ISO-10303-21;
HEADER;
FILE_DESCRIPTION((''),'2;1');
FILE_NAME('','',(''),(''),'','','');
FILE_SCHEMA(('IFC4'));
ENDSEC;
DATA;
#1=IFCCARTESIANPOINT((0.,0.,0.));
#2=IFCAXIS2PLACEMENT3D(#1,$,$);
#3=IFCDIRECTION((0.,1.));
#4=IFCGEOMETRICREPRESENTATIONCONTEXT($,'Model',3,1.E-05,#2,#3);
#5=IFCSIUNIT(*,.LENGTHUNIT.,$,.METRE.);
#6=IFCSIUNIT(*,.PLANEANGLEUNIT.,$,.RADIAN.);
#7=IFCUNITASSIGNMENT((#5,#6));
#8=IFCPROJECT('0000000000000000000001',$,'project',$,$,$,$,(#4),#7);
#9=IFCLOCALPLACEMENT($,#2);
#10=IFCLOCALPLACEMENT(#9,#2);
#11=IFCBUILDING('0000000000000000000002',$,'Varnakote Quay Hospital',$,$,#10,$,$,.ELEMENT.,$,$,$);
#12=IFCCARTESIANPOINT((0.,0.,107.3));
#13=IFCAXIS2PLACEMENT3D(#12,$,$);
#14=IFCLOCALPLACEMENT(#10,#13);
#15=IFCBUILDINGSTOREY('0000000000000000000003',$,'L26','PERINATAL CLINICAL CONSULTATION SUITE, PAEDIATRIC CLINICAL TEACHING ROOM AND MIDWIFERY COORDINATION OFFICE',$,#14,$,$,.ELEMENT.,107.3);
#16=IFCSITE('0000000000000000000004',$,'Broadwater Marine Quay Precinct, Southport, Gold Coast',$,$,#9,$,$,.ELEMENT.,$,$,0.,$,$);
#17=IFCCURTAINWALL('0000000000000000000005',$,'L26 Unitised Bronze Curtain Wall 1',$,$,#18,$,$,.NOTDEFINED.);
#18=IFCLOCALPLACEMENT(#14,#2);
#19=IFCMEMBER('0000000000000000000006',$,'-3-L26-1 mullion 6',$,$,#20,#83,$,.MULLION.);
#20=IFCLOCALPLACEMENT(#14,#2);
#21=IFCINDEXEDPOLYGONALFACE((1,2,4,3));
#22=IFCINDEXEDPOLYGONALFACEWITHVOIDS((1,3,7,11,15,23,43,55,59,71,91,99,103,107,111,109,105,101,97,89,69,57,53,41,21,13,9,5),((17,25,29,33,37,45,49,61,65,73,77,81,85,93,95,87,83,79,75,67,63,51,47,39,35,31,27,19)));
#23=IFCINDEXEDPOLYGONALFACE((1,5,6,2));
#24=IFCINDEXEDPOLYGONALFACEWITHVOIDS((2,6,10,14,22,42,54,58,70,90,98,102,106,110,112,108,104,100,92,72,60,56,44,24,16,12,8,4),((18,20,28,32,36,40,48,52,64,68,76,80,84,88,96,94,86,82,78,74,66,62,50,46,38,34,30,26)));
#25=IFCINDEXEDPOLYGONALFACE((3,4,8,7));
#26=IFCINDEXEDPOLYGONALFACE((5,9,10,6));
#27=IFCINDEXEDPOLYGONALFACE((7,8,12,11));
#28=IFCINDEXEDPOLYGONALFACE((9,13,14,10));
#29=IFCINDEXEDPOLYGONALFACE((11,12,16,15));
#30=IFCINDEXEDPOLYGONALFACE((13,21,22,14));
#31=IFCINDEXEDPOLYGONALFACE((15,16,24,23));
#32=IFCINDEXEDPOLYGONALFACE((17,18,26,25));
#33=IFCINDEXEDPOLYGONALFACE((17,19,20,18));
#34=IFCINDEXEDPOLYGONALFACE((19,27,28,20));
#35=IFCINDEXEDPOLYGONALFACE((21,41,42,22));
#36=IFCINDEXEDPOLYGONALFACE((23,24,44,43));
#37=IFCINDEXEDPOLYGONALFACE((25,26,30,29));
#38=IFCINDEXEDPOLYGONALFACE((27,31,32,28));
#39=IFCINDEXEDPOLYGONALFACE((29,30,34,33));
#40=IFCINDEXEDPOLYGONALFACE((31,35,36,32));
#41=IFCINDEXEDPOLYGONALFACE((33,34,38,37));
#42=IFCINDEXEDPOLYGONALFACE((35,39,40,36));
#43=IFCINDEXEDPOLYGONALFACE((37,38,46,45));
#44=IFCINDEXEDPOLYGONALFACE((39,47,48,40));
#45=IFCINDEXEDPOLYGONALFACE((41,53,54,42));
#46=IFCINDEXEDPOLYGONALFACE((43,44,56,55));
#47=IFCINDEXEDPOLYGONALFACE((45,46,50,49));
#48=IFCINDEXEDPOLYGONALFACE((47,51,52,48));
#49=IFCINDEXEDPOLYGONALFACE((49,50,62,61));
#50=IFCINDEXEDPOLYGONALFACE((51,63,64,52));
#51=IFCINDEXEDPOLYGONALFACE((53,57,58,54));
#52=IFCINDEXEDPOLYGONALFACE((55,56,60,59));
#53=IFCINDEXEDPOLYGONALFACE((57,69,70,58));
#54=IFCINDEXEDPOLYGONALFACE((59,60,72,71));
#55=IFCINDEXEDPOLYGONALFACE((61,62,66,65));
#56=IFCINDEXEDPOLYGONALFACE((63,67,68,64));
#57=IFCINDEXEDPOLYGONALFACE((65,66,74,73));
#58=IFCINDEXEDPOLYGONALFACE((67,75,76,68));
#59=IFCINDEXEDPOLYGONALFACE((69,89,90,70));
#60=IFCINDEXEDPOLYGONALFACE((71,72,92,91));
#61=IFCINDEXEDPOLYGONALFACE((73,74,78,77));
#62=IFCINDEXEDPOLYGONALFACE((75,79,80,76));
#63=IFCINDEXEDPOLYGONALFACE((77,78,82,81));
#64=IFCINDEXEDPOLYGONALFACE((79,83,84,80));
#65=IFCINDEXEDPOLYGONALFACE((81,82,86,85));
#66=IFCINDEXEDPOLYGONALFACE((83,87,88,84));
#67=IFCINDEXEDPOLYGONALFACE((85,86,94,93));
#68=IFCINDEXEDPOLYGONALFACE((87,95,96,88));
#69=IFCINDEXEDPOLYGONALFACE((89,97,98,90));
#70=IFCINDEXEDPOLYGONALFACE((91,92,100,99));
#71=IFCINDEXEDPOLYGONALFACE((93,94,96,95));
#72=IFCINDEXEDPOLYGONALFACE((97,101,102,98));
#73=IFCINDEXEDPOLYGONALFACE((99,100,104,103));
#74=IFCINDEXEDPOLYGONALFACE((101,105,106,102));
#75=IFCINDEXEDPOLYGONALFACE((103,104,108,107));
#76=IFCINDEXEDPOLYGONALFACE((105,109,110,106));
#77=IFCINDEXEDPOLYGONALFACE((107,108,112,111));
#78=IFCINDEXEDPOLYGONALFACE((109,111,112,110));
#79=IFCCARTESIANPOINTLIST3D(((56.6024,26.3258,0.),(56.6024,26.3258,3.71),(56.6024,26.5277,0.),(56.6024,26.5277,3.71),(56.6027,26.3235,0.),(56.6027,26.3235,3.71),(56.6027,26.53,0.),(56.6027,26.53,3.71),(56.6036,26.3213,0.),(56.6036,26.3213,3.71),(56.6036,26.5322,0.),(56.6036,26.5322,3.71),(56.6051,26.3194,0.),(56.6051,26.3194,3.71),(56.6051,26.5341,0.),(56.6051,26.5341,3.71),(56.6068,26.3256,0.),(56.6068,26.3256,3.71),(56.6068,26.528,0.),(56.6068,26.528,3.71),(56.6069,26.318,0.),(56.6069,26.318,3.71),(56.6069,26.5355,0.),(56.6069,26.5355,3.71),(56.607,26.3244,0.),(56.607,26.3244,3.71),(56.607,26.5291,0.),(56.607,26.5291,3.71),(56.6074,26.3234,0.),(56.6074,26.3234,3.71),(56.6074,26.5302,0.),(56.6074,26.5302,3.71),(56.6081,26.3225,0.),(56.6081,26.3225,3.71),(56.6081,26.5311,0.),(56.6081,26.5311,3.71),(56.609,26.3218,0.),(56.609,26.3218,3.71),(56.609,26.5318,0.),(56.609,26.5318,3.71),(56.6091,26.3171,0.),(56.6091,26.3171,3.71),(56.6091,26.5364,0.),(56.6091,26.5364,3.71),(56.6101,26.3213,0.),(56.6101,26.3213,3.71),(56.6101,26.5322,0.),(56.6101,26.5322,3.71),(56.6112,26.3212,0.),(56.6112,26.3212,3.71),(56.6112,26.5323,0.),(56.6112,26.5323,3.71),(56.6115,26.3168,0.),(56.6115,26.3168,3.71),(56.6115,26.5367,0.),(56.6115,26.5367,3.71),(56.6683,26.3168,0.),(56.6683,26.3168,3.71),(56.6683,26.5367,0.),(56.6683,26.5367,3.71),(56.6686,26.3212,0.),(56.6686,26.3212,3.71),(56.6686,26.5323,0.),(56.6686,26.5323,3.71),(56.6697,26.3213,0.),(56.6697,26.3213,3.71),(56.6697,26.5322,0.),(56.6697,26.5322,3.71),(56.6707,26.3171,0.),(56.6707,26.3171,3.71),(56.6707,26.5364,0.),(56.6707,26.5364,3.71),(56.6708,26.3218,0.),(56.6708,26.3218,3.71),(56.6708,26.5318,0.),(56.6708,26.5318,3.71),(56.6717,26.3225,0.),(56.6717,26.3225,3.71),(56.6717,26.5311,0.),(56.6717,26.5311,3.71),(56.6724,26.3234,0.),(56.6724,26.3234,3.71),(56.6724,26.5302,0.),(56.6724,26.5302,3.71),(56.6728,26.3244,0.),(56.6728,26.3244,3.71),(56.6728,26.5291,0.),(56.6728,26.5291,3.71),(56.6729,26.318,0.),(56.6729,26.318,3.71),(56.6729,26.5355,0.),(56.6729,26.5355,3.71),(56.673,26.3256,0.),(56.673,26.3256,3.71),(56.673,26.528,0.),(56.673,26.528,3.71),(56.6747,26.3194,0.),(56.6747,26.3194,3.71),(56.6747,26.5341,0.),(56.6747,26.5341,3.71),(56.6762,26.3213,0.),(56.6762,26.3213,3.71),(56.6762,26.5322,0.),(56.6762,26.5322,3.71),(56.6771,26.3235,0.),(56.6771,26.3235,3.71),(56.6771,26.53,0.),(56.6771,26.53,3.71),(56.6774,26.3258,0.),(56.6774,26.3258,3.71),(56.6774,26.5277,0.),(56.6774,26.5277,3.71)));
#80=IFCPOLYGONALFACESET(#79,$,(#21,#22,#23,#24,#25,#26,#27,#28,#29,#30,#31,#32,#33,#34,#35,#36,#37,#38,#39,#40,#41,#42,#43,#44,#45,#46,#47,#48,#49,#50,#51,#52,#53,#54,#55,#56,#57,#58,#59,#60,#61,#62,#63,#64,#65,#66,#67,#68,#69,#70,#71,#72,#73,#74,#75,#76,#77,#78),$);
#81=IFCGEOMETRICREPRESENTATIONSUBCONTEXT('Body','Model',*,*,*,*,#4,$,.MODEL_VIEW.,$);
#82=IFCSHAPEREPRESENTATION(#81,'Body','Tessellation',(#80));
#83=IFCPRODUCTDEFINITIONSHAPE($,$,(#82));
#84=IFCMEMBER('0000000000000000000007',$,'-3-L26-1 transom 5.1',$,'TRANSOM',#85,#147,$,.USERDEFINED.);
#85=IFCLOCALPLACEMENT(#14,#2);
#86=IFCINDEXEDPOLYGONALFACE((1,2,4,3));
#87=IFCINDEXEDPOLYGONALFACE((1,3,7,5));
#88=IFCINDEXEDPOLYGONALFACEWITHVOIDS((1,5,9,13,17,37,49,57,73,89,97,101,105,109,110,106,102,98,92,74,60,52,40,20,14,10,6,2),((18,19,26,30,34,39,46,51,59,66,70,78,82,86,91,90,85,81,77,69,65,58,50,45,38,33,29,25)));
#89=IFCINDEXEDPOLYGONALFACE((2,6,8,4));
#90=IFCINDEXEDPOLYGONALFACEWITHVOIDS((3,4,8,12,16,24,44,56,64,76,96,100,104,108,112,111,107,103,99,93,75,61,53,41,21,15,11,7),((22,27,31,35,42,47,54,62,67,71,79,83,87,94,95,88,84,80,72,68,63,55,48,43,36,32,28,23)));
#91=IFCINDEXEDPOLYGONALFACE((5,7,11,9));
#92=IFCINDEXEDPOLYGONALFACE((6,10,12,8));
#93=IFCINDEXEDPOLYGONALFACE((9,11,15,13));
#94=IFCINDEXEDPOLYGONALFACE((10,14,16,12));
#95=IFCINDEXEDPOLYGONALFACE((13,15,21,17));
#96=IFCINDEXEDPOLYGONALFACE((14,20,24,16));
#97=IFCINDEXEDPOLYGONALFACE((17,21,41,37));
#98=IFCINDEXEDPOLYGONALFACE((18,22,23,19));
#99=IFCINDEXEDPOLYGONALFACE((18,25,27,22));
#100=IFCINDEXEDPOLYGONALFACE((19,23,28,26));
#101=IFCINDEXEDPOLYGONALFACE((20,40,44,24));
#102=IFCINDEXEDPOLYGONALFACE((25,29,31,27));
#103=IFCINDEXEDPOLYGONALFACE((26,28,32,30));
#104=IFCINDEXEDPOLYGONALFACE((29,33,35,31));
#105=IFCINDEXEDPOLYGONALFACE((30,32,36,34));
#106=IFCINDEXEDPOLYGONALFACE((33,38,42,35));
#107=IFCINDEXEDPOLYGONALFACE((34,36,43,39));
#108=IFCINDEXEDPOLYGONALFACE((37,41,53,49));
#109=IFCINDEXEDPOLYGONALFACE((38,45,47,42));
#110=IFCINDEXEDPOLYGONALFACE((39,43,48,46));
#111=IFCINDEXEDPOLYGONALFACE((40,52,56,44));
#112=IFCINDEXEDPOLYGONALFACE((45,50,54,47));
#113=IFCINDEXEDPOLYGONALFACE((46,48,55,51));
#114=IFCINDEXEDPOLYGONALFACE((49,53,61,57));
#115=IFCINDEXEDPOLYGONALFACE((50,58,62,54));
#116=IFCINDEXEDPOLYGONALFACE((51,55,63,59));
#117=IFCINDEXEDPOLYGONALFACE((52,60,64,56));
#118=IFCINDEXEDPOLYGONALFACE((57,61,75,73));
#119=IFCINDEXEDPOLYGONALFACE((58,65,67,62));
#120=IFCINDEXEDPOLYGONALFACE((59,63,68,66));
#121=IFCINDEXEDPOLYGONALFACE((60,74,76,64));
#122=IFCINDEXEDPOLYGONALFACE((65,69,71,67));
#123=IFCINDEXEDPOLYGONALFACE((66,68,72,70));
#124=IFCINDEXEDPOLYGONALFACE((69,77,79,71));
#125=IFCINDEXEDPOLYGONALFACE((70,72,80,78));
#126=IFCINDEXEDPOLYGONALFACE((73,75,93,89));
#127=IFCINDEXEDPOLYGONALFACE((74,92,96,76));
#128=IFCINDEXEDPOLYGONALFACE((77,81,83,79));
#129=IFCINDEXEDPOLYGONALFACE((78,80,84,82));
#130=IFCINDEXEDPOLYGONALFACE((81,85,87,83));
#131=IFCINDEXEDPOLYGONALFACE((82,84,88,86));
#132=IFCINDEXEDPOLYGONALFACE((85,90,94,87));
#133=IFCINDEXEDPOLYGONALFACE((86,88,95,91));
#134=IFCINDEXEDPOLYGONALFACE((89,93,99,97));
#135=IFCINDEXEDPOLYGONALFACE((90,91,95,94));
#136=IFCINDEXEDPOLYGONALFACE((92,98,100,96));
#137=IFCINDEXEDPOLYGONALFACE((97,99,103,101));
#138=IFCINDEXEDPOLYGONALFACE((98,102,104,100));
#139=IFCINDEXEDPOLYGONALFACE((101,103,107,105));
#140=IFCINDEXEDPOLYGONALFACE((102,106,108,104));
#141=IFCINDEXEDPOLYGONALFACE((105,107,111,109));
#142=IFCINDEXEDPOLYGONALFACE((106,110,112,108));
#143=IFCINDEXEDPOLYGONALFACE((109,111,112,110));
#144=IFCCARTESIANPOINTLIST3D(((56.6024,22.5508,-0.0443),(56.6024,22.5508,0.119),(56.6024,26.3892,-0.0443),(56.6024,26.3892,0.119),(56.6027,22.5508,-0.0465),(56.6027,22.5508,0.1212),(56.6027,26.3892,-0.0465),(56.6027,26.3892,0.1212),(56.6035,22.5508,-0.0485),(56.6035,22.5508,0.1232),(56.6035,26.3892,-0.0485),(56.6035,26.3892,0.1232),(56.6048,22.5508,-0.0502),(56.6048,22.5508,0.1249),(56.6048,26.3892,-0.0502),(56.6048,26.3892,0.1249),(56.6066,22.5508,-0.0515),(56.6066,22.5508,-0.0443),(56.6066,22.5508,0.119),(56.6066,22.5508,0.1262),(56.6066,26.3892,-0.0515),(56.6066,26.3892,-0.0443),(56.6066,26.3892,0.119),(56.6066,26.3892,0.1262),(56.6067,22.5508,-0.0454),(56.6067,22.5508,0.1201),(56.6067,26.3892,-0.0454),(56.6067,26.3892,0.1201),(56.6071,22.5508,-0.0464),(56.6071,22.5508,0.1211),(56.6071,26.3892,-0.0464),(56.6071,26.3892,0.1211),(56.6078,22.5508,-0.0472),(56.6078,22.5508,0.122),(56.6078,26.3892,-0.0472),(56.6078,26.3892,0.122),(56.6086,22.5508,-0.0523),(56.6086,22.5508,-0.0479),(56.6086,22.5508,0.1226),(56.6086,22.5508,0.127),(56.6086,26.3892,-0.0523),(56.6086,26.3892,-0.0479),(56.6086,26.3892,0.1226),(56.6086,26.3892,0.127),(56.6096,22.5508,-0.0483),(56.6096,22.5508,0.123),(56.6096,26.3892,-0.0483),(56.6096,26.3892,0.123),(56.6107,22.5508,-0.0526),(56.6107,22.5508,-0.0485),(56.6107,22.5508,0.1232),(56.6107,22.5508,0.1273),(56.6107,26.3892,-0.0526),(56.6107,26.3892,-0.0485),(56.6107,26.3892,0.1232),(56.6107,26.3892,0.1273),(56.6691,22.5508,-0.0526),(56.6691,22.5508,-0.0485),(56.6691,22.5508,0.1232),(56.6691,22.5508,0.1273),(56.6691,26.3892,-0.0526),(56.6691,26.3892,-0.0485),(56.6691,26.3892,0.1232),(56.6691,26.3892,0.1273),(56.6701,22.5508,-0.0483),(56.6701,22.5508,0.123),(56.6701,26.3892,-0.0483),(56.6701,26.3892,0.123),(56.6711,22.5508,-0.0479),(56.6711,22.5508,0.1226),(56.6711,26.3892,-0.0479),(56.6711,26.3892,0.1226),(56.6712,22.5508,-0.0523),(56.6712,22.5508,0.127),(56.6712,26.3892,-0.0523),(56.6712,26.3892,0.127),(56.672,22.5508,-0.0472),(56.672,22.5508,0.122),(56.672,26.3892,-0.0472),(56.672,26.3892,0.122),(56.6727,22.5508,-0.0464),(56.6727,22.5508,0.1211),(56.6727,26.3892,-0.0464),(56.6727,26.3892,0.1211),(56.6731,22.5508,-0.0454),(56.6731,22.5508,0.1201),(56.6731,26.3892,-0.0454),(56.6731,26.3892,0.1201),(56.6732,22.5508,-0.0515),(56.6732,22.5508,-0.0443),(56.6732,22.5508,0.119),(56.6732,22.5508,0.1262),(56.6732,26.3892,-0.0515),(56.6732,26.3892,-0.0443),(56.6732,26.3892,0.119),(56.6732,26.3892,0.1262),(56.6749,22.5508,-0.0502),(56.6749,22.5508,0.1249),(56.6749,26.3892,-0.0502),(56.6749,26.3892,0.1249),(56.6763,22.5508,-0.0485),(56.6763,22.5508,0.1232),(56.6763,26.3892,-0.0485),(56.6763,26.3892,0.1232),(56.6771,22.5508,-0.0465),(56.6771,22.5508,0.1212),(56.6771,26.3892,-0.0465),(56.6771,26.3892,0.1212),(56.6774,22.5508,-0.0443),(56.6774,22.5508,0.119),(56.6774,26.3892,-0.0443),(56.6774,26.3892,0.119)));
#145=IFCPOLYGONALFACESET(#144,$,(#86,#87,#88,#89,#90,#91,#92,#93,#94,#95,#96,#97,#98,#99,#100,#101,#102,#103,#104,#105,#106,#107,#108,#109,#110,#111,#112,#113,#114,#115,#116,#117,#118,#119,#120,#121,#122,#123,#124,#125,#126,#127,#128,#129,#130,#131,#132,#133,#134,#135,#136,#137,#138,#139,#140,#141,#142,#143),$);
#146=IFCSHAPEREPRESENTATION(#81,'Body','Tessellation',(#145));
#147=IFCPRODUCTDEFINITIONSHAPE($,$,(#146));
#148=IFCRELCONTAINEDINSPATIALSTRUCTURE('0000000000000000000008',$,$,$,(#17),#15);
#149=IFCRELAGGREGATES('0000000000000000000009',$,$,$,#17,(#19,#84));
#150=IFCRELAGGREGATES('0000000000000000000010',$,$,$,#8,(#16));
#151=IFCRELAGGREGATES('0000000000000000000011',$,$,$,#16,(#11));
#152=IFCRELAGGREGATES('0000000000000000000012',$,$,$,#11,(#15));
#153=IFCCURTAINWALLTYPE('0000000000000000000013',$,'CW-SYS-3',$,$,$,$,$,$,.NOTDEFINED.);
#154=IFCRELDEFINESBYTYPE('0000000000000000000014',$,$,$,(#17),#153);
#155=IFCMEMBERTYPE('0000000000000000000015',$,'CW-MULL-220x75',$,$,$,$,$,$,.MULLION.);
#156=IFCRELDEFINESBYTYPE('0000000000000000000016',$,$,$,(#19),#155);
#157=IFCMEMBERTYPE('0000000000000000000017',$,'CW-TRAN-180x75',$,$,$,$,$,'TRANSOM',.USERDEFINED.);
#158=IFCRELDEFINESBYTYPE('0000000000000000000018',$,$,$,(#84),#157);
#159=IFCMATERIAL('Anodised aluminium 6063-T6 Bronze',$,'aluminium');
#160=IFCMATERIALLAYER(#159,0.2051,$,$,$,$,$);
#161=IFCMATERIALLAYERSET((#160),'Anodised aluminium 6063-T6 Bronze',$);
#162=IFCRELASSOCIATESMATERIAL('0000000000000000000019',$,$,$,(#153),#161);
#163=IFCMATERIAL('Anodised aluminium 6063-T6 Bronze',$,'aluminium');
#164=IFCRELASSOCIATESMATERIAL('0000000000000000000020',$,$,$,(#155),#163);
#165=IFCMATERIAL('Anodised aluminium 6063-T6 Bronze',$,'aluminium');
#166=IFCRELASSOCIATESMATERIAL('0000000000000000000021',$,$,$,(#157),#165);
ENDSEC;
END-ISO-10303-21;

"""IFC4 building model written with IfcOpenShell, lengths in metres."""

from ifc_helpers import new_model, si_unit, direction, frame, origin, origin_2d, place, context, subcontext, project, spatial, hollow_rectangle, extrude, material, layer, layer_set, material_profile, profile_set, type_object, element, aggregate, save


model = new_model("IFC4")

# Units and contexts
model_context = context("Model", 3, precision=1e-05, world=origin(), true_north=direction((0.0, 1.0)))
body_context = subcontext(model_context, "Body", "Model", "MODEL_VIEW")
ifc_project = project(units=[si_unit("LENGTHUNIT", "METRE"), si_unit("PLANEANGLEUNIT", "RADIAN")], contexts=[model_context])

# Site, building, storey
site_placement = place(None, origin())
site = spatial("IfcSite", under=ifc_project, at=site_placement, Name="Broadwater Marine Quay Precinct, Southport, Gold Coast", CompositionType="ELEMENT", RefElevation=0.0)
building_placement = place(site_placement, origin())
building = spatial("IfcBuilding", under=site, at=building_placement, Name="Varnakote Quay Hospital", CompositionType="ELEMENT")
storey_placement = place(building_placement, frame((0.0, 0.0, 107.3)))
storey = spatial("IfcBuildingStorey", under=building, at=storey_placement, Name="L26", Description="PERINATAL CLINICAL CONSULTATION SUITE, PAEDIATRIC CLINICAL TEACHING ROOM AND MIDWIFERY COORDINATION OFFICE", CompositionType="ELEMENT", Elevation=107.3)

# Curtain wall, members
ifc_material_1 = material(Name="Anodised aluminium 6063-T6 Bronze", Category="aluminium")
ifc_layer_1 = layer(ifc_material_1, 0.2051)
ifc_layer_set_1 = layer_set([ifc_layer_1], Name="Anodised aluminium 6063-T6 Bronze")
curtain_wall_type = type_object("IfcCurtainWallType", Name="CW-SYS-3", PredefinedType="NOTDEFINED", material=ifc_layer_set_1)
curtain_wall_placement = place(storey_placement, origin())
curtain_wall = element("IfcCurtainWall", 1, at=curtain_wall_placement, inside=storey, type_object=curtain_wall_type, Name="L26 Unitised Bronze Curtain Wall 1", PredefinedType="NOTDEFINED")
ifc_material_2 = material(Name="Anodised aluminium 6063-T6 Bronze", Category="aluminium")
ifc_material_profile_1 = material_profile(ifc_material_2, hollow_rectangle(XDim=0.075, YDim=0.22, WallThickness=0.0044, InnerFilletRadius=0.0044, OuterFilletRadius=0.009, at=origin_2d()), Name="CW-MULL-220x75")
ifc_profile_set_1 = profile_set([ifc_material_profile_1], Name="Anodised aluminium 6063-T6 Bronze")
member_type_1 = type_object("IfcMemberType", Name="CW-MULL-220x75", PredefinedType="MULLION", material=ifc_profile_set_1)
member_1_placement = place(storey_placement, frame((56.6399, 26.4268, 0.0), z_axis=(0.0, 0.0, 1.0), x_axis=(-1.0, 0.0, 0.0)))
member_1 = element("IfcMember", 2, at=member_1_placement, type_object=member_type_1, Name="-3-L26-1 mullion 6", PredefinedType="MULLION", context=body_context, shape_type="SweptSolid", body=[
    extrude(hollow_rectangle(XDim=0.075, YDim=0.22, WallThickness=0.0044, InnerFilletRadius=0.0044, OuterFilletRadius=0.009, at=origin_2d()), origin(), (0.0, 0.0, 1.0), 3.71),
])
ifc_material_3 = material(Name="Anodised aluminium 6063-T6 Bronze", Category="aluminium")
ifc_material_profile_2 = material_profile(ifc_material_3, hollow_rectangle(XDim=0.075, YDim=0.1799, WallThickness=0.0042, InnerFilletRadius=0.0042, OuterFilletRadius=0.0083, at=origin_2d()), Name="CW-TRAN-180x75")
ifc_profile_set_2 = profile_set([ifc_material_profile_2], Name="Anodised aluminium 6063-T6 Bronze")
member_type_2 = type_object("IfcMemberType", Name="CW-TRAN-180x75", ElementType="TRANSOM", PredefinedType="USERDEFINED", material=ifc_profile_set_2)
member_2_placement = place(storey_placement, frame((56.6399, 22.5508, 0.0374), z_axis=(0.0, 1.0, 0.0), x_axis=(-1.0, 0.0, 0.0)))
member_2 = element("IfcMember", 3, at=member_2_placement, type_object=member_type_2, Name="-3-L26-1 transom 5.1", ObjectType="TRANSOM", PredefinedType="USERDEFINED", context=body_context, shape_type="SweptSolid", body=[
    extrude(hollow_rectangle(XDim=0.075, YDim=0.1799, WallThickness=0.0042, InnerFilletRadius=0.0042, OuterFilletRadius=0.0083, at=origin_2d()), origin(), (0.0, 0.0, 1.0), 3.8384),
])
aggregate(curtain_wall, [member_1, member_2])

save(model, "model.ifc")
